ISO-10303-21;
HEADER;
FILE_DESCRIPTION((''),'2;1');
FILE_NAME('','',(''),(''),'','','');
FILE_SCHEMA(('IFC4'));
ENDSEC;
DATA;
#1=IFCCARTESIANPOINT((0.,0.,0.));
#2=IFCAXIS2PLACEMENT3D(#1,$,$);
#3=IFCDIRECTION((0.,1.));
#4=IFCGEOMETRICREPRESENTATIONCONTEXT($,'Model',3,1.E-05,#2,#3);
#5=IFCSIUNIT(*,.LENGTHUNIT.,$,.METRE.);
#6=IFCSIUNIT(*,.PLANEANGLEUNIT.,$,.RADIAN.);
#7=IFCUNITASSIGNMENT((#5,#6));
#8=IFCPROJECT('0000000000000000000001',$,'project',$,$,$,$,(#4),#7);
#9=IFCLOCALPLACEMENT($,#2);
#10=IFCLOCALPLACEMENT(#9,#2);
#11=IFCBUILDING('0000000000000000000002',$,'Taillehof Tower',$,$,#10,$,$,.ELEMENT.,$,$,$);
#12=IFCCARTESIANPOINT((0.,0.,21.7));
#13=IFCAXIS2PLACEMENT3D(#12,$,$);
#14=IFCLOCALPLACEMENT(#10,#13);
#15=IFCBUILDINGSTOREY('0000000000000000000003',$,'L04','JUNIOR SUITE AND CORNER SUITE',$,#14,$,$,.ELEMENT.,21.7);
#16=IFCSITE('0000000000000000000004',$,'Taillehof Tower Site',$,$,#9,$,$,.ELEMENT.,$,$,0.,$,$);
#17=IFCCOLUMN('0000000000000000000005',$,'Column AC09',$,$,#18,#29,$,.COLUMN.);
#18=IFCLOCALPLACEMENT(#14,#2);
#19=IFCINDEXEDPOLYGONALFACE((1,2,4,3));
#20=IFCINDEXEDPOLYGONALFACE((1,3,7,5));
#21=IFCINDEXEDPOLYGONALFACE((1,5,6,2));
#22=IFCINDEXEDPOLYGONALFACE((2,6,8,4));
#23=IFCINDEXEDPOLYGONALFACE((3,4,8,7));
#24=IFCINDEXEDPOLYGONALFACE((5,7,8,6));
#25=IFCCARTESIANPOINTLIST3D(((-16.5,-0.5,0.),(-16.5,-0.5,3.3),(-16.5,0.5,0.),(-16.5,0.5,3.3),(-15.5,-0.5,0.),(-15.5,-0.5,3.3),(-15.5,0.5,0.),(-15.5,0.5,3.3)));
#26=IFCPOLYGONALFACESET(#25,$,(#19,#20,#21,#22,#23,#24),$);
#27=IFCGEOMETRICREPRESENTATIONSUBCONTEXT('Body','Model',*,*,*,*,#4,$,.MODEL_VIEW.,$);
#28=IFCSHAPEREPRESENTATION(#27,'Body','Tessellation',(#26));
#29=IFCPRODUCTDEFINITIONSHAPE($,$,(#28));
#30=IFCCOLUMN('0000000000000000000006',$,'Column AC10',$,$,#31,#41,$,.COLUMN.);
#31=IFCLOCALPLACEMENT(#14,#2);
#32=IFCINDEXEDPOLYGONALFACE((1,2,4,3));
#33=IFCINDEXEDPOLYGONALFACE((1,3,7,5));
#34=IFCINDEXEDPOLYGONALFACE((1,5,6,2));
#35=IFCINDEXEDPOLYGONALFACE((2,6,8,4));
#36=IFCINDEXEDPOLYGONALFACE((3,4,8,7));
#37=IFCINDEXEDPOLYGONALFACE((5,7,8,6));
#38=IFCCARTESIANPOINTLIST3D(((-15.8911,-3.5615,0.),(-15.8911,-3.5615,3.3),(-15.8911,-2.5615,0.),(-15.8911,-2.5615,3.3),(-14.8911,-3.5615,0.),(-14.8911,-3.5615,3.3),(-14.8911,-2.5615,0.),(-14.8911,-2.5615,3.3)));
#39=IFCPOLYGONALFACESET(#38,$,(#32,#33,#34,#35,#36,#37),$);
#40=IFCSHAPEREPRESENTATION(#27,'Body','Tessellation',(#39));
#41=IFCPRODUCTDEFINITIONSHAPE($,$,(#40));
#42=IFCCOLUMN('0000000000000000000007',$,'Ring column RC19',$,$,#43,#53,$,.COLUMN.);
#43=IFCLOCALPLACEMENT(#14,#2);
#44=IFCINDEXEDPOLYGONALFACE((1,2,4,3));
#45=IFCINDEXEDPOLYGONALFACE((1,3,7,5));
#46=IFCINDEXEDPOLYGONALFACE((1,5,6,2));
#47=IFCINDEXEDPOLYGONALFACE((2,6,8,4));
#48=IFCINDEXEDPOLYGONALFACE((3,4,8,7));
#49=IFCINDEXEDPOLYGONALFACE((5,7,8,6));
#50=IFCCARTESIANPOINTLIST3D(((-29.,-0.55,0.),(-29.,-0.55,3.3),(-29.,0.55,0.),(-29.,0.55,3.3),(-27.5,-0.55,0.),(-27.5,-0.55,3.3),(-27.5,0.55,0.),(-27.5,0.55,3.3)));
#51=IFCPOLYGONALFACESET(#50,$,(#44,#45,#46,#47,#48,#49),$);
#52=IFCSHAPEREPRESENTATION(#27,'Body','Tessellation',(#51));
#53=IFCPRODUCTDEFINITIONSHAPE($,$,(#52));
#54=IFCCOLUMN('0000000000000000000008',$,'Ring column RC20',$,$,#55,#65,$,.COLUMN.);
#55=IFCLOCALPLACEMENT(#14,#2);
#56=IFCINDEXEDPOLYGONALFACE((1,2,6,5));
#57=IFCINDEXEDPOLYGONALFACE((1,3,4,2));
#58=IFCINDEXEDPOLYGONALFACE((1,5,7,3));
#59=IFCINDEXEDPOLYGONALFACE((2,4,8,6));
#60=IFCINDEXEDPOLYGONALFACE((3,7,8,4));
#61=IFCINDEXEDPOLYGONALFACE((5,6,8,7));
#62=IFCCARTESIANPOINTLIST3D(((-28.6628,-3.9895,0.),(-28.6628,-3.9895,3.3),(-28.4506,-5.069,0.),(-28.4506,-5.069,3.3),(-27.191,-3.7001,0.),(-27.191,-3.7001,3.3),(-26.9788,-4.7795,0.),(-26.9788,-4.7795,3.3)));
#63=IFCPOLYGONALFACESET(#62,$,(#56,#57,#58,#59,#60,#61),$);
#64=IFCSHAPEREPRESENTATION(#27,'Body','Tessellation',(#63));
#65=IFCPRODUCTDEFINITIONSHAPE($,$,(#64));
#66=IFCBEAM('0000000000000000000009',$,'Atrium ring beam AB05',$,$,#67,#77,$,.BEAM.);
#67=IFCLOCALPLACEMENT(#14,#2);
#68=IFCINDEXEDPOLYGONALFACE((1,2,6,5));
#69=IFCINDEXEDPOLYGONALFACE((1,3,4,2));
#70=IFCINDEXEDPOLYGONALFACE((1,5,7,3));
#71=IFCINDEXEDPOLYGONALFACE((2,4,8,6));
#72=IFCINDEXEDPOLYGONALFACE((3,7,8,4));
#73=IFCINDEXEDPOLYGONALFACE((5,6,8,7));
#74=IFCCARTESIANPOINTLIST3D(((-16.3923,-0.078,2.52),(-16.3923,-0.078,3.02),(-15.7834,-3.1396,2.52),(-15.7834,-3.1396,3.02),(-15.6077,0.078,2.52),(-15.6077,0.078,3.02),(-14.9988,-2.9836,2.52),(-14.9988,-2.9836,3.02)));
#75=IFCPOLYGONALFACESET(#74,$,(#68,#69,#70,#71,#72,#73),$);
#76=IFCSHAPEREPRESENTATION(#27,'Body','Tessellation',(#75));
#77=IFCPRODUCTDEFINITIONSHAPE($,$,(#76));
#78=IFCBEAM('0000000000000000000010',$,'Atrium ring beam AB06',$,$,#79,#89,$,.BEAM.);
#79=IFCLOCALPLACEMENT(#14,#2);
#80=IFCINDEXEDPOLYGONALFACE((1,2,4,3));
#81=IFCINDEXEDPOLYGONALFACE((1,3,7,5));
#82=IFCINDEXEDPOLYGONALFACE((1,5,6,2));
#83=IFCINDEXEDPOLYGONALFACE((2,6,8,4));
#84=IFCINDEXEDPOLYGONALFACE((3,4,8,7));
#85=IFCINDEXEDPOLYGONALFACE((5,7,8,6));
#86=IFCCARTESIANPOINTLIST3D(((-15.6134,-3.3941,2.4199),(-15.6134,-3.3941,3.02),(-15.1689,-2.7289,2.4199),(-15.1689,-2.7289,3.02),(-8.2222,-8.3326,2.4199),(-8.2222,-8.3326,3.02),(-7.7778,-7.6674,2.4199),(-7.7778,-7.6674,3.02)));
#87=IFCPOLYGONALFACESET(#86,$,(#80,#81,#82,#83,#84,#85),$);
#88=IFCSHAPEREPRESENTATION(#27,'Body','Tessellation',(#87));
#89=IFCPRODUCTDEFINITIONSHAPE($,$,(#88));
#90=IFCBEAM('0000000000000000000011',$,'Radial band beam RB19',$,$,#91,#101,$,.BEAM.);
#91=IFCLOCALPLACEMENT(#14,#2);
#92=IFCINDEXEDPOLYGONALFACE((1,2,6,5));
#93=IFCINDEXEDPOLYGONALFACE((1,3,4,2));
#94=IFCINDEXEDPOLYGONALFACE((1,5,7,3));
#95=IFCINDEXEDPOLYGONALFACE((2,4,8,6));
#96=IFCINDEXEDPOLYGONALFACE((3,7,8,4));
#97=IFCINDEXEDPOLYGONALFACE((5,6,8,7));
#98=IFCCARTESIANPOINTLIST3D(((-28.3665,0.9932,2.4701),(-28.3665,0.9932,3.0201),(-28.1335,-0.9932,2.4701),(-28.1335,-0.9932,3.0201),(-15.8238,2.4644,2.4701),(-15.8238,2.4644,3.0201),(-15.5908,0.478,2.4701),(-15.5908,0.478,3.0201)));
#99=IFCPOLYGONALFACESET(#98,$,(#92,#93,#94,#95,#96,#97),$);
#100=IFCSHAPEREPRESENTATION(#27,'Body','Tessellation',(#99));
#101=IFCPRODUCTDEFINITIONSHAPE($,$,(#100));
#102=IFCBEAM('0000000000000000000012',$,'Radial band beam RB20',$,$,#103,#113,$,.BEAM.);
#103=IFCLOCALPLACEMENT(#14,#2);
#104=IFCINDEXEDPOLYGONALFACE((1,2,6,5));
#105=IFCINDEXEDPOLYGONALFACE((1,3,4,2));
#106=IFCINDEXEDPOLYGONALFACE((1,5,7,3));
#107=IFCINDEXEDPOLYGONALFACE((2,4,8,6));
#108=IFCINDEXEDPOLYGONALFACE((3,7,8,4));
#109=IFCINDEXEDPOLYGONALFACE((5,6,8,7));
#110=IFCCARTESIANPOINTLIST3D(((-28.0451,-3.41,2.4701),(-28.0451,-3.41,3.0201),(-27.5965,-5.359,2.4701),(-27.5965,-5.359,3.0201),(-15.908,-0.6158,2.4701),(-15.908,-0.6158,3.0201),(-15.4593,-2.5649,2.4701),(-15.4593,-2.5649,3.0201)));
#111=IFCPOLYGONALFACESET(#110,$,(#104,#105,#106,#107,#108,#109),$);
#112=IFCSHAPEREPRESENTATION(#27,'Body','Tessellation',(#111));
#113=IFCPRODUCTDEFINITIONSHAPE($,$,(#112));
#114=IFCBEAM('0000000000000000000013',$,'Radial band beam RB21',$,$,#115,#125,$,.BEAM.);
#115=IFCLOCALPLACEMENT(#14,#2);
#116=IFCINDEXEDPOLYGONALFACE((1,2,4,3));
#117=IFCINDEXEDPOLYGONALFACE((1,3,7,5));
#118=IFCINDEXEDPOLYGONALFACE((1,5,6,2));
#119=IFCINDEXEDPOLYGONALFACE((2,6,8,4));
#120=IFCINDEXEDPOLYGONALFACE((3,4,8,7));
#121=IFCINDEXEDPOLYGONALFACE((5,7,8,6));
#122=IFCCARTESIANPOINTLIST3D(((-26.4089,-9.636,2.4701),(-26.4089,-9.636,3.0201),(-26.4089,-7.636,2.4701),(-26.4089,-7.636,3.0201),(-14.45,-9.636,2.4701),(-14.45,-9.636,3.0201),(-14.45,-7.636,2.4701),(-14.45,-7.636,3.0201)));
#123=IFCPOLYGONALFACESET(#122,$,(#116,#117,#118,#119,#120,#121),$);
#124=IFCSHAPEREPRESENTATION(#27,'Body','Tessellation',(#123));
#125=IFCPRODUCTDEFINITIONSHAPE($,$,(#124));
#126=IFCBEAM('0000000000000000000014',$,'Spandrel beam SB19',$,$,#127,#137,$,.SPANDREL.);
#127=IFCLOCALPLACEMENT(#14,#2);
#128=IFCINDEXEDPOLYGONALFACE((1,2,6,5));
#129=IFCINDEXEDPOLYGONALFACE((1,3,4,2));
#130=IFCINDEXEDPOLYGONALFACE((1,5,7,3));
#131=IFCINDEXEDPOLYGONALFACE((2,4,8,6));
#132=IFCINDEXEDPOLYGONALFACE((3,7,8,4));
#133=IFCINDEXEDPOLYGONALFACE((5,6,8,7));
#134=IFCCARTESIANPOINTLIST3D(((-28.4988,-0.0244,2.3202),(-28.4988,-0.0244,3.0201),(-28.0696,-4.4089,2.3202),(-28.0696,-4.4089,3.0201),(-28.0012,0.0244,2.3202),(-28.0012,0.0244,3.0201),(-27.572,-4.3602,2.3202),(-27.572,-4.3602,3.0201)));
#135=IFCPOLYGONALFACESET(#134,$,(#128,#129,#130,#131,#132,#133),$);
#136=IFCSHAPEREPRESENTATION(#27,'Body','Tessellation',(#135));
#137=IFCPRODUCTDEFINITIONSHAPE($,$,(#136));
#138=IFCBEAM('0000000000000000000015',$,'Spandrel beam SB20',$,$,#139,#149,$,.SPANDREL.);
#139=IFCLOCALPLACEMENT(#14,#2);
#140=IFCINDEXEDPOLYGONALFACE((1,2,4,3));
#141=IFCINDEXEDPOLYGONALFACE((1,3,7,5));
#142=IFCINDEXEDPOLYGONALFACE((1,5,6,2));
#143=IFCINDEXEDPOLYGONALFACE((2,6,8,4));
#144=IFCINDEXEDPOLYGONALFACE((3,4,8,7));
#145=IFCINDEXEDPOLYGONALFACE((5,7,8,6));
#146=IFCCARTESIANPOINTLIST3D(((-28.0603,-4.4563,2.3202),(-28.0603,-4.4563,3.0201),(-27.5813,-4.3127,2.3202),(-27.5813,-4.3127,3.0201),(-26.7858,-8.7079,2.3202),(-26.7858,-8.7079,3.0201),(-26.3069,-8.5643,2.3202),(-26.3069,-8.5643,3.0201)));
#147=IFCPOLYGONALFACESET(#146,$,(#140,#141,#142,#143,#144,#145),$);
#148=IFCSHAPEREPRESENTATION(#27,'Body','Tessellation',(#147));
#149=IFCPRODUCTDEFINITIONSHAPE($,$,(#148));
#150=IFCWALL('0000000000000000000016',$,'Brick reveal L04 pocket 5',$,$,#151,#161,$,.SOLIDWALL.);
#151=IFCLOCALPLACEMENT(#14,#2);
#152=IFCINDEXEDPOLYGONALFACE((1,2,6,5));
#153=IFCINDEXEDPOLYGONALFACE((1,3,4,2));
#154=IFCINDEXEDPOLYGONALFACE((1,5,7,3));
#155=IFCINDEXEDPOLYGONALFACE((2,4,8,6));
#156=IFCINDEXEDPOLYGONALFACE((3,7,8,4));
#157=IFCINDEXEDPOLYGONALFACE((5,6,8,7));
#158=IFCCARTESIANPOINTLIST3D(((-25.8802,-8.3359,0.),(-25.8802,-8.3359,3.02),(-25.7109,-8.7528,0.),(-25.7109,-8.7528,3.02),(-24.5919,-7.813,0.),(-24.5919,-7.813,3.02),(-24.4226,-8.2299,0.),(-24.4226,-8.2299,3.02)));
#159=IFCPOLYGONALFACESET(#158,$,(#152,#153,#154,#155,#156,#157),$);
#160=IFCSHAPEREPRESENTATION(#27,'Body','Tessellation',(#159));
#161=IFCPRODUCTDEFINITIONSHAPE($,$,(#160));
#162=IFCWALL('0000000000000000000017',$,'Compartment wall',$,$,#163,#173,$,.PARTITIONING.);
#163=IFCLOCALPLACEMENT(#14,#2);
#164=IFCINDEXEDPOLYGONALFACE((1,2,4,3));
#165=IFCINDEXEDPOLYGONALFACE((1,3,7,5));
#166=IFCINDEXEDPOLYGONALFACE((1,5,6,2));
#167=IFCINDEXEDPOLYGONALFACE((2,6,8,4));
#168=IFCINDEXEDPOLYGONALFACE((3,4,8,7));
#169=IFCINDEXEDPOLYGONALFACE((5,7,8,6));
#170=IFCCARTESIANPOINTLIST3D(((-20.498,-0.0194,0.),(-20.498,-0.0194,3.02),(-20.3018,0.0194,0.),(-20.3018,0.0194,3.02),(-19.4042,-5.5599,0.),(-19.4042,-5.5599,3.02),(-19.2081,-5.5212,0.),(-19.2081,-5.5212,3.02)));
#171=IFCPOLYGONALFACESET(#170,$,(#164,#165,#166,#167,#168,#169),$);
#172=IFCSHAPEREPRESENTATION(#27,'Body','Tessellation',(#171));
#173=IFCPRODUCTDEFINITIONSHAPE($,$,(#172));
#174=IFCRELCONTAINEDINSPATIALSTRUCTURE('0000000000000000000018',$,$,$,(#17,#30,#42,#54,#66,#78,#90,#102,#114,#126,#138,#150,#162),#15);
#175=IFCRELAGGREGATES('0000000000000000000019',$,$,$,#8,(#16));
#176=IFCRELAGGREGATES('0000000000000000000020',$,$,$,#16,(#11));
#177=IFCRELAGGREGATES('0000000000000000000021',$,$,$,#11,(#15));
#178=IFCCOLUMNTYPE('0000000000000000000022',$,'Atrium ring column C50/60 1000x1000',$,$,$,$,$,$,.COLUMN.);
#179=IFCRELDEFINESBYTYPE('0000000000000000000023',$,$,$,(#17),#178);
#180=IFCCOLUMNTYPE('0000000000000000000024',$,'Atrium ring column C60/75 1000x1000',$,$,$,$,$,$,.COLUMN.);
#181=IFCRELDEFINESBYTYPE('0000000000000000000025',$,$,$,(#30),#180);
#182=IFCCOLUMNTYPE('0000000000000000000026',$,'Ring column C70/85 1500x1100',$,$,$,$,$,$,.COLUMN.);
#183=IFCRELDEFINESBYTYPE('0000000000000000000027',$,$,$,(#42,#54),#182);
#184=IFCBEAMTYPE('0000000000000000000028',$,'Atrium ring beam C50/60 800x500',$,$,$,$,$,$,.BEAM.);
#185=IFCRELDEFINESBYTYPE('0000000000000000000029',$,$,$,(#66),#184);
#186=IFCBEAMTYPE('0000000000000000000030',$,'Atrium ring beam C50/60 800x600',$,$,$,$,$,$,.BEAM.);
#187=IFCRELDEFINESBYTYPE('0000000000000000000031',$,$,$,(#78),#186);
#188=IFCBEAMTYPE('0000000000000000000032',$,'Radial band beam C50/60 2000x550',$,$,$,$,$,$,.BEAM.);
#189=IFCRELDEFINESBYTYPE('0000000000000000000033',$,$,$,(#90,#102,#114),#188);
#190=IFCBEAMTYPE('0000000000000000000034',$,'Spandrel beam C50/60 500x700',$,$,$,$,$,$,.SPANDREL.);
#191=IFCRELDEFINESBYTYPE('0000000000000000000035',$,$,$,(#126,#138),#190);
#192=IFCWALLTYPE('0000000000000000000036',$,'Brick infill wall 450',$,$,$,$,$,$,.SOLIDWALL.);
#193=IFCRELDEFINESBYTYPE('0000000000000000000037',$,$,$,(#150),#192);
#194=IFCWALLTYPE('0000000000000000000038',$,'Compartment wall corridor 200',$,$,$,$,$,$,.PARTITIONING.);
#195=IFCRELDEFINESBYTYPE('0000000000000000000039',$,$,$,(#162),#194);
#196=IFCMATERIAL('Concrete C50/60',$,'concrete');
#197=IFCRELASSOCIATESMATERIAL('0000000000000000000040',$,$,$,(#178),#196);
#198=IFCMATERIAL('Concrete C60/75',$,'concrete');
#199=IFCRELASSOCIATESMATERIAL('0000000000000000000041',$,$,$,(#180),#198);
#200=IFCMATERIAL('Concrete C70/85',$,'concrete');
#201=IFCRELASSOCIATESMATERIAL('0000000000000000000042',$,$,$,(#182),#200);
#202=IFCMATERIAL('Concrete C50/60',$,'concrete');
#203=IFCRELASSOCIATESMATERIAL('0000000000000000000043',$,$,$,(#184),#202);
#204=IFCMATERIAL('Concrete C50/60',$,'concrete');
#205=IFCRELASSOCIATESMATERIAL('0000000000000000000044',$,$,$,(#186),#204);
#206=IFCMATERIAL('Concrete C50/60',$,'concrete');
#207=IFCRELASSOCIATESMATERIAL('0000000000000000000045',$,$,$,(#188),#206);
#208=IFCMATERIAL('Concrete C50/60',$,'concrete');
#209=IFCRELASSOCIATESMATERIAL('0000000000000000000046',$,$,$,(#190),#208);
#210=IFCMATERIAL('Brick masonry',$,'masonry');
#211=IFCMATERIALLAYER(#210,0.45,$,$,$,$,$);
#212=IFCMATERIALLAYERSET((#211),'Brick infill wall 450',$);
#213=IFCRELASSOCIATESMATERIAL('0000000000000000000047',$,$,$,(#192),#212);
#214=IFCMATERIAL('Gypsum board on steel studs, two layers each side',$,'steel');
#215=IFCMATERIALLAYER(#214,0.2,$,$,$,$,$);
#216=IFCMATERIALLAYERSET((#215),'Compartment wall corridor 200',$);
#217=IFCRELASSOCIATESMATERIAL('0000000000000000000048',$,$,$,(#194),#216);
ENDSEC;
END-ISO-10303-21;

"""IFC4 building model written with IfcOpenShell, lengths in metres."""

from ifc_helpers import new_model, si_unit, direction, frame, frame_2d, origin, origin_2d, place, context, subcontext, project, spatial, rectangle, extrude, material, layer, layer_set, material_profile, profile_set, type_object, element, save


model = new_model("IFC4")

# Units and contexts
model_context = context("Model", 3, precision=1e-05, world=origin(), true_north=direction((0.0, 1.0)))
body_context = subcontext(model_context, "Body", "Model", "MODEL_VIEW")
ifc_project = project(units=[si_unit("LENGTHUNIT", "METRE"), si_unit("PLANEANGLEUNIT", "RADIAN")], contexts=[model_context])

# Site, building, storey
site_placement = place(None, origin())
site = spatial("IfcSite", under=ifc_project, at=site_placement, Name="Taillehof Tower Site", CompositionType="ELEMENT", RefElevation=0.0)
building_placement = place(site_placement, origin())
building = spatial("IfcBuilding", under=site, at=building_placement, Name="Taillehof Tower", CompositionType="ELEMENT")
storey_placement = place(building_placement, frame((0.0, 0.0, 21.7)))
storey = spatial("IfcBuildingStorey", under=building, at=storey_placement, Name="L04", Description="JUNIOR SUITE AND CORNER SUITE", CompositionType="ELEMENT", Elevation=21.7)

# Columns
ifc_material_1 = material(Name="Concrete C50/60", Category="concrete")
ifc_material_profile_1 = material_profile(ifc_material_1, rectangle(XDim=1.0, YDim=1.0, at=origin_2d()), Name="RC 1000x1000")
ifc_profile_set_1 = profile_set([ifc_material_profile_1], Name="Concrete C50/60")
column_type_1 = type_object("IfcColumnType", Name="Atrium ring column C50/60 1000x1000", PredefinedType="COLUMN", material=ifc_profile_set_1)
column_1_placement = place(storey_placement, frame((-16.0, 0.0, 0.0), z_axis=(0.0, 0.0, 1.0), x_axis=(1.0, 0.0, 0.0)))
element("IfcColumn", 1, at=column_1_placement, inside=storey, type_object=column_type_1, Name="Column AC09", PredefinedType="COLUMN", context=body_context, shape_type="SweptSolid", body=[
    extrude(rectangle(XDim=1.0, YDim=1.0, at=origin_2d()), origin(), (0.0, 0.0, 1.0), 3.3),
])
ifc_material_2 = material(Name="Concrete C60/75", Category="concrete")
ifc_material_profile_2 = material_profile(ifc_material_2, rectangle(XDim=1.0, YDim=1.0, at=origin_2d()), Name="RC 1000x1000")
ifc_profile_set_2 = profile_set([ifc_material_profile_2], Name="Concrete C60/75")
column_type_2 = type_object("IfcColumnType", Name="Atrium ring column C60/75 1000x1000", PredefinedType="COLUMN", material=ifc_profile_set_2)
column_2_placement = place(storey_placement, frame((-15.3911, -3.0615, 0.0), z_axis=(0.0, 0.0, 1.0), x_axis=(1.0, 0.0, 0.0)))
element("IfcColumn", 2, at=column_2_placement, inside=storey, type_object=column_type_2, Name="Column AC10", PredefinedType="COLUMN", context=body_context, shape_type="SweptSolid", body=[
    extrude(rectangle(XDim=1.0, YDim=1.0, at=origin_2d()), origin(), (0.0, 0.0, 1.0), 3.3),
])
ifc_material_3 = material(Name="Concrete C70/85", Category="concrete")
ifc_material_profile_3 = material_profile(ifc_material_3, rectangle(XDim=1.5, YDim=1.1001, at=origin_2d()), Name="RC 1500x1100")
ifc_profile_set_3 = profile_set([ifc_material_profile_3], Name="Concrete C70/85")
column_type_3 = type_object("IfcColumnType", Name="Ring column C70/85 1500x1100", PredefinedType="COLUMN", material=ifc_profile_set_3)
for number, where, z_axis, x_axis, name in (
    (3, (-28.25, 0.0, 0.0), (0.0, 0.0, 1.0), (-1.0, 0.0, 0.0), "Ring column RC19"),
    (4, (-27.8208, -4.3845, 0.0), (0.0, 0.0, 1.0), (-0.981204, -0.192976, 0.0), "Ring column RC20"),
):
    element("IfcColumn", number, at=place(storey_placement, frame(where, z_axis=z_axis, x_axis=x_axis)), inside=storey, type_object=column_type_3, Name=name, PredefinedType="COLUMN", context=body_context, shape_type="SweptSolid", body=[
        extrude(rectangle(XDim=1.5, YDim=1.1001, at=origin_2d()), origin(), (0.0, 0.0, 1.0), 3.3),
    ])

# Beams
ifc_material_4 = material(Name="Concrete C50/60", Category="concrete")
ifc_material_profile_4 = material_profile(ifc_material_4, rectangle(XDim=0.8, YDim=0.5, at=origin_2d()), Name="RC 800x500")
ifc_profile_set_4 = profile_set([ifc_material_profile_4], Name="Concrete C50/60")
beam_type_1 = type_object("IfcBeamType", Name="Atrium ring beam C50/60 800x500", PredefinedType="BEAM", material=ifc_profile_set_4)
beam_1_placement = place(storey_placement, frame((-16.0, 0.0, 2.77), z_axis=(0.195063, -0.980791, 0.0), x_axis=(0.980791, 0.195063, 0.0)))
element("IfcBeam", 5, at=beam_1_placement, inside=storey, type_object=beam_type_1, Name="Atrium ring beam AB05", PredefinedType="BEAM", context=body_context, shape_type="SweptSolid", body=[
    extrude(rectangle(XDim=0.8, YDim=0.5, at=origin_2d()), origin(), (0.0, 0.0, 1.0), 3.1216),
])
ifc_material_5 = material(Name="Concrete C50/60", Category="concrete")
ifc_material_profile_5 = material_profile(ifc_material_5, rectangle(XDim=0.8, YDim=0.6001, at=origin_2d()), Name="RC 800x600")
ifc_profile_set_5 = profile_set([ifc_material_profile_5], Name="Concrete C50/60")
beam_type_2 = type_object("IfcBeamType", Name="Atrium ring beam C50/60 800x600", PredefinedType="BEAM", material=ifc_profile_set_5)
beam_2_placement = place(storey_placement, frame((-15.3911, -3.0615, 2.72), z_axis=(0.831475, -0.555562, 0.0), x_axis=(0.555562, 0.831475, 0.0)))
element("IfcBeam", 6, at=beam_2_placement, inside=storey, type_object=beam_type_2, Name="Atrium ring beam AB06", PredefinedType="BEAM", context=body_context, shape_type="SweptSolid", body=[
    extrude(rectangle(XDim=0.8, YDim=0.6001, at=origin_2d()), origin(), (0.0, 0.0, 1.0), 8.8892),
])
ifc_material_6 = material(Name="Concrete C50/60", Category="concrete")
ifc_material_profile_6 = material_profile(ifc_material_6, rectangle(XDim=2.0, YDim=0.55, at=origin_2d()), Name="RC 2000x550")
ifc_profile_set_6 = profile_set([ifc_material_profile_6], Name="Concrete C50/60")
beam_type_3 = type_object("IfcBeamType", Name="Radial band beam C50/60 2000x550", PredefinedType="BEAM", material=ifc_profile_set_6)
beam_3_placement = place(storey_placement, frame((-28.25, 0.0, 2.7451), z_axis=(0.993191, 0.116496, 0.0), x_axis=(-0.116496, 0.993191, 0.0)))
element("IfcBeam", 7, at=beam_3_placement, inside=storey, type_object=beam_type_3, Name="Radial band beam RB19", PredefinedType="BEAM", context=body_context, shape_type="SweptSolid", body=[
    extrude(rectangle(XDim=2.0, YDim=0.55, at=origin_2d()), origin(), (0.0, 0.0, 1.0), 12.6287),
])
beam_4_placement = place(storey_placement, frame((-27.8208, -4.3845, 2.7451), z_axis=(0.974509, 0.224348, 0.0), x_axis=(-0.224348, 0.974509, 0.0)))
element("IfcBeam", 8, at=beam_4_placement, inside=storey, type_object=beam_type_3, Name="Radial band beam RB20", PredefinedType="BEAM", context=body_context, shape_type="SweptSolid", body=[
    extrude(rectangle(XDim=2.0, YDim=0.55, at=origin_2d()), origin(), (0.0, 0.0, 1.0), 12.4546),
])
beam_5_placement = place(storey_placement, frame((-26.4089, -8.636, 2.7451), z_axis=(1.0, 0.0, 0.0), x_axis=(0.0, 1.0, 0.0)))
element("IfcBeam", 9, at=beam_5_placement, inside=storey, type_object=beam_type_3, Name="Radial band beam RB21", PredefinedType="BEAM", context=body_context, shape_type="SweptSolid", body=[
    extrude(rectangle(XDim=2.0, YDim=0.55, at=origin_2d()), origin(), (0.0, 0.0, 1.0), 11.959),
])
ifc_material_7 = material(Name="Concrete C50/60", Category="concrete")
ifc_material_profile_7 = material_profile(ifc_material_7, rectangle(XDim=0.5, YDim=0.7, at=origin_2d()), Name="RC 500x700")
ifc_profile_set_7 = profile_set([ifc_material_profile_7], Name="Concrete C50/60")
beam_type_4 = type_object("IfcBeamType", Name="Spandrel beam C50/60 500x700", PredefinedType="SPANDREL", material=ifc_profile_set_7)
beam_6_placement = place(storey_placement, frame((-28.25, 0.0, 2.6702), z_axis=(0.097424, -0.995243, 0.0), x_axis=(0.995243, 0.097424, 0.0)))
element("IfcBeam", 10, at=beam_6_placement, inside=storey, type_object=beam_type_4, Name="Spandrel beam SB19", PredefinedType="SPANDREL", context=body_context, shape_type="SweptSolid", body=[
    extrude(rectangle(XDim=0.5, YDim=0.7, at=origin_2d()), origin(), (0.0, 0.0, 1.0), 4.4055),
])
beam_7_placement = place(storey_placement, frame((-27.8208, -4.3845, 2.6702), z_axis=(0.287136, -0.95789, 0.0), x_axis=(0.95789, 0.287136, 0.0)))
element("IfcBeam", 11, at=beam_7_placement, inside=storey, type_object=beam_type_4, Name="Spandrel beam SB20", PredefinedType="SPANDREL", context=body_context, shape_type="SweptSolid", body=[
    extrude(rectangle(XDim=0.5, YDim=0.7, at=origin_2d()), origin(), (0.0, 0.0, 1.0), 4.4385),
])

# Wall
ifc_material_8 = material(Name="Brick masonry", Category="masonry")
ifc_layer_1 = layer(ifc_material_8, 0.45)
ifc_layer_set_1 = layer_set([ifc_layer_1], Name="Brick infill wall 450")
wall_type_1 = type_object("IfcWallType", Name="Brick infill wall 450", PredefinedType="SOLIDWALL", material=ifc_layer_set_1)
wall_1_placement = place(storey_placement, frame((-25.7957, -8.5444, 0.0), z_axis=(0.0, 0.0, 1.0), x_axis=(0.926576, 0.376109, 0.0)))
element("IfcWall", 12, at=wall_1_placement, inside=storey, type_object=wall_type_1, Name="Brick reveal L04 pocket 5", PredefinedType="SOLIDWALL", context=body_context, shape_type="SweptSolid", body=[
    extrude(rectangle(XDim=1.3904, YDim=0.45, at=frame_2d((0.6953, 0.0))), origin(), (0.0, 0.0, 1.0), 3.02),
])

# Wall
ifc_material_9 = material(Name="Gypsum board on steel studs, two layers each side", Category="steel")
ifc_layer_2 = layer(ifc_material_9, 0.2)
ifc_layer_set_2 = layer_set([ifc_layer_2], Name="Compartment wall corridor 200")
wall_type_2 = type_object("IfcWallType", Name="Compartment wall corridor 200", PredefinedType="PARTITIONING", material=ifc_layer_set_2)
wall_2_placement = place(storey_placement, frame((-19.3062, -5.5405, 0.0), z_axis=(0.0, 0.0, 1.0), x_axis=(-0.193671, 0.981066, 0.0)))
element("IfcWall", 13, at=wall_2_placement, inside=storey, type_object=wall_type_2, Name="Compartment wall", PredefinedType="PARTITIONING", context=body_context, shape_type="SweptSolid", body=[
    extrude(rectangle(XDim=5.6475, YDim=0.2, at=frame_2d((2.8237, 0.0))), origin(), (0.0, 0.0, 1.0), 3.02),
])

save(model, "model.ifc")
